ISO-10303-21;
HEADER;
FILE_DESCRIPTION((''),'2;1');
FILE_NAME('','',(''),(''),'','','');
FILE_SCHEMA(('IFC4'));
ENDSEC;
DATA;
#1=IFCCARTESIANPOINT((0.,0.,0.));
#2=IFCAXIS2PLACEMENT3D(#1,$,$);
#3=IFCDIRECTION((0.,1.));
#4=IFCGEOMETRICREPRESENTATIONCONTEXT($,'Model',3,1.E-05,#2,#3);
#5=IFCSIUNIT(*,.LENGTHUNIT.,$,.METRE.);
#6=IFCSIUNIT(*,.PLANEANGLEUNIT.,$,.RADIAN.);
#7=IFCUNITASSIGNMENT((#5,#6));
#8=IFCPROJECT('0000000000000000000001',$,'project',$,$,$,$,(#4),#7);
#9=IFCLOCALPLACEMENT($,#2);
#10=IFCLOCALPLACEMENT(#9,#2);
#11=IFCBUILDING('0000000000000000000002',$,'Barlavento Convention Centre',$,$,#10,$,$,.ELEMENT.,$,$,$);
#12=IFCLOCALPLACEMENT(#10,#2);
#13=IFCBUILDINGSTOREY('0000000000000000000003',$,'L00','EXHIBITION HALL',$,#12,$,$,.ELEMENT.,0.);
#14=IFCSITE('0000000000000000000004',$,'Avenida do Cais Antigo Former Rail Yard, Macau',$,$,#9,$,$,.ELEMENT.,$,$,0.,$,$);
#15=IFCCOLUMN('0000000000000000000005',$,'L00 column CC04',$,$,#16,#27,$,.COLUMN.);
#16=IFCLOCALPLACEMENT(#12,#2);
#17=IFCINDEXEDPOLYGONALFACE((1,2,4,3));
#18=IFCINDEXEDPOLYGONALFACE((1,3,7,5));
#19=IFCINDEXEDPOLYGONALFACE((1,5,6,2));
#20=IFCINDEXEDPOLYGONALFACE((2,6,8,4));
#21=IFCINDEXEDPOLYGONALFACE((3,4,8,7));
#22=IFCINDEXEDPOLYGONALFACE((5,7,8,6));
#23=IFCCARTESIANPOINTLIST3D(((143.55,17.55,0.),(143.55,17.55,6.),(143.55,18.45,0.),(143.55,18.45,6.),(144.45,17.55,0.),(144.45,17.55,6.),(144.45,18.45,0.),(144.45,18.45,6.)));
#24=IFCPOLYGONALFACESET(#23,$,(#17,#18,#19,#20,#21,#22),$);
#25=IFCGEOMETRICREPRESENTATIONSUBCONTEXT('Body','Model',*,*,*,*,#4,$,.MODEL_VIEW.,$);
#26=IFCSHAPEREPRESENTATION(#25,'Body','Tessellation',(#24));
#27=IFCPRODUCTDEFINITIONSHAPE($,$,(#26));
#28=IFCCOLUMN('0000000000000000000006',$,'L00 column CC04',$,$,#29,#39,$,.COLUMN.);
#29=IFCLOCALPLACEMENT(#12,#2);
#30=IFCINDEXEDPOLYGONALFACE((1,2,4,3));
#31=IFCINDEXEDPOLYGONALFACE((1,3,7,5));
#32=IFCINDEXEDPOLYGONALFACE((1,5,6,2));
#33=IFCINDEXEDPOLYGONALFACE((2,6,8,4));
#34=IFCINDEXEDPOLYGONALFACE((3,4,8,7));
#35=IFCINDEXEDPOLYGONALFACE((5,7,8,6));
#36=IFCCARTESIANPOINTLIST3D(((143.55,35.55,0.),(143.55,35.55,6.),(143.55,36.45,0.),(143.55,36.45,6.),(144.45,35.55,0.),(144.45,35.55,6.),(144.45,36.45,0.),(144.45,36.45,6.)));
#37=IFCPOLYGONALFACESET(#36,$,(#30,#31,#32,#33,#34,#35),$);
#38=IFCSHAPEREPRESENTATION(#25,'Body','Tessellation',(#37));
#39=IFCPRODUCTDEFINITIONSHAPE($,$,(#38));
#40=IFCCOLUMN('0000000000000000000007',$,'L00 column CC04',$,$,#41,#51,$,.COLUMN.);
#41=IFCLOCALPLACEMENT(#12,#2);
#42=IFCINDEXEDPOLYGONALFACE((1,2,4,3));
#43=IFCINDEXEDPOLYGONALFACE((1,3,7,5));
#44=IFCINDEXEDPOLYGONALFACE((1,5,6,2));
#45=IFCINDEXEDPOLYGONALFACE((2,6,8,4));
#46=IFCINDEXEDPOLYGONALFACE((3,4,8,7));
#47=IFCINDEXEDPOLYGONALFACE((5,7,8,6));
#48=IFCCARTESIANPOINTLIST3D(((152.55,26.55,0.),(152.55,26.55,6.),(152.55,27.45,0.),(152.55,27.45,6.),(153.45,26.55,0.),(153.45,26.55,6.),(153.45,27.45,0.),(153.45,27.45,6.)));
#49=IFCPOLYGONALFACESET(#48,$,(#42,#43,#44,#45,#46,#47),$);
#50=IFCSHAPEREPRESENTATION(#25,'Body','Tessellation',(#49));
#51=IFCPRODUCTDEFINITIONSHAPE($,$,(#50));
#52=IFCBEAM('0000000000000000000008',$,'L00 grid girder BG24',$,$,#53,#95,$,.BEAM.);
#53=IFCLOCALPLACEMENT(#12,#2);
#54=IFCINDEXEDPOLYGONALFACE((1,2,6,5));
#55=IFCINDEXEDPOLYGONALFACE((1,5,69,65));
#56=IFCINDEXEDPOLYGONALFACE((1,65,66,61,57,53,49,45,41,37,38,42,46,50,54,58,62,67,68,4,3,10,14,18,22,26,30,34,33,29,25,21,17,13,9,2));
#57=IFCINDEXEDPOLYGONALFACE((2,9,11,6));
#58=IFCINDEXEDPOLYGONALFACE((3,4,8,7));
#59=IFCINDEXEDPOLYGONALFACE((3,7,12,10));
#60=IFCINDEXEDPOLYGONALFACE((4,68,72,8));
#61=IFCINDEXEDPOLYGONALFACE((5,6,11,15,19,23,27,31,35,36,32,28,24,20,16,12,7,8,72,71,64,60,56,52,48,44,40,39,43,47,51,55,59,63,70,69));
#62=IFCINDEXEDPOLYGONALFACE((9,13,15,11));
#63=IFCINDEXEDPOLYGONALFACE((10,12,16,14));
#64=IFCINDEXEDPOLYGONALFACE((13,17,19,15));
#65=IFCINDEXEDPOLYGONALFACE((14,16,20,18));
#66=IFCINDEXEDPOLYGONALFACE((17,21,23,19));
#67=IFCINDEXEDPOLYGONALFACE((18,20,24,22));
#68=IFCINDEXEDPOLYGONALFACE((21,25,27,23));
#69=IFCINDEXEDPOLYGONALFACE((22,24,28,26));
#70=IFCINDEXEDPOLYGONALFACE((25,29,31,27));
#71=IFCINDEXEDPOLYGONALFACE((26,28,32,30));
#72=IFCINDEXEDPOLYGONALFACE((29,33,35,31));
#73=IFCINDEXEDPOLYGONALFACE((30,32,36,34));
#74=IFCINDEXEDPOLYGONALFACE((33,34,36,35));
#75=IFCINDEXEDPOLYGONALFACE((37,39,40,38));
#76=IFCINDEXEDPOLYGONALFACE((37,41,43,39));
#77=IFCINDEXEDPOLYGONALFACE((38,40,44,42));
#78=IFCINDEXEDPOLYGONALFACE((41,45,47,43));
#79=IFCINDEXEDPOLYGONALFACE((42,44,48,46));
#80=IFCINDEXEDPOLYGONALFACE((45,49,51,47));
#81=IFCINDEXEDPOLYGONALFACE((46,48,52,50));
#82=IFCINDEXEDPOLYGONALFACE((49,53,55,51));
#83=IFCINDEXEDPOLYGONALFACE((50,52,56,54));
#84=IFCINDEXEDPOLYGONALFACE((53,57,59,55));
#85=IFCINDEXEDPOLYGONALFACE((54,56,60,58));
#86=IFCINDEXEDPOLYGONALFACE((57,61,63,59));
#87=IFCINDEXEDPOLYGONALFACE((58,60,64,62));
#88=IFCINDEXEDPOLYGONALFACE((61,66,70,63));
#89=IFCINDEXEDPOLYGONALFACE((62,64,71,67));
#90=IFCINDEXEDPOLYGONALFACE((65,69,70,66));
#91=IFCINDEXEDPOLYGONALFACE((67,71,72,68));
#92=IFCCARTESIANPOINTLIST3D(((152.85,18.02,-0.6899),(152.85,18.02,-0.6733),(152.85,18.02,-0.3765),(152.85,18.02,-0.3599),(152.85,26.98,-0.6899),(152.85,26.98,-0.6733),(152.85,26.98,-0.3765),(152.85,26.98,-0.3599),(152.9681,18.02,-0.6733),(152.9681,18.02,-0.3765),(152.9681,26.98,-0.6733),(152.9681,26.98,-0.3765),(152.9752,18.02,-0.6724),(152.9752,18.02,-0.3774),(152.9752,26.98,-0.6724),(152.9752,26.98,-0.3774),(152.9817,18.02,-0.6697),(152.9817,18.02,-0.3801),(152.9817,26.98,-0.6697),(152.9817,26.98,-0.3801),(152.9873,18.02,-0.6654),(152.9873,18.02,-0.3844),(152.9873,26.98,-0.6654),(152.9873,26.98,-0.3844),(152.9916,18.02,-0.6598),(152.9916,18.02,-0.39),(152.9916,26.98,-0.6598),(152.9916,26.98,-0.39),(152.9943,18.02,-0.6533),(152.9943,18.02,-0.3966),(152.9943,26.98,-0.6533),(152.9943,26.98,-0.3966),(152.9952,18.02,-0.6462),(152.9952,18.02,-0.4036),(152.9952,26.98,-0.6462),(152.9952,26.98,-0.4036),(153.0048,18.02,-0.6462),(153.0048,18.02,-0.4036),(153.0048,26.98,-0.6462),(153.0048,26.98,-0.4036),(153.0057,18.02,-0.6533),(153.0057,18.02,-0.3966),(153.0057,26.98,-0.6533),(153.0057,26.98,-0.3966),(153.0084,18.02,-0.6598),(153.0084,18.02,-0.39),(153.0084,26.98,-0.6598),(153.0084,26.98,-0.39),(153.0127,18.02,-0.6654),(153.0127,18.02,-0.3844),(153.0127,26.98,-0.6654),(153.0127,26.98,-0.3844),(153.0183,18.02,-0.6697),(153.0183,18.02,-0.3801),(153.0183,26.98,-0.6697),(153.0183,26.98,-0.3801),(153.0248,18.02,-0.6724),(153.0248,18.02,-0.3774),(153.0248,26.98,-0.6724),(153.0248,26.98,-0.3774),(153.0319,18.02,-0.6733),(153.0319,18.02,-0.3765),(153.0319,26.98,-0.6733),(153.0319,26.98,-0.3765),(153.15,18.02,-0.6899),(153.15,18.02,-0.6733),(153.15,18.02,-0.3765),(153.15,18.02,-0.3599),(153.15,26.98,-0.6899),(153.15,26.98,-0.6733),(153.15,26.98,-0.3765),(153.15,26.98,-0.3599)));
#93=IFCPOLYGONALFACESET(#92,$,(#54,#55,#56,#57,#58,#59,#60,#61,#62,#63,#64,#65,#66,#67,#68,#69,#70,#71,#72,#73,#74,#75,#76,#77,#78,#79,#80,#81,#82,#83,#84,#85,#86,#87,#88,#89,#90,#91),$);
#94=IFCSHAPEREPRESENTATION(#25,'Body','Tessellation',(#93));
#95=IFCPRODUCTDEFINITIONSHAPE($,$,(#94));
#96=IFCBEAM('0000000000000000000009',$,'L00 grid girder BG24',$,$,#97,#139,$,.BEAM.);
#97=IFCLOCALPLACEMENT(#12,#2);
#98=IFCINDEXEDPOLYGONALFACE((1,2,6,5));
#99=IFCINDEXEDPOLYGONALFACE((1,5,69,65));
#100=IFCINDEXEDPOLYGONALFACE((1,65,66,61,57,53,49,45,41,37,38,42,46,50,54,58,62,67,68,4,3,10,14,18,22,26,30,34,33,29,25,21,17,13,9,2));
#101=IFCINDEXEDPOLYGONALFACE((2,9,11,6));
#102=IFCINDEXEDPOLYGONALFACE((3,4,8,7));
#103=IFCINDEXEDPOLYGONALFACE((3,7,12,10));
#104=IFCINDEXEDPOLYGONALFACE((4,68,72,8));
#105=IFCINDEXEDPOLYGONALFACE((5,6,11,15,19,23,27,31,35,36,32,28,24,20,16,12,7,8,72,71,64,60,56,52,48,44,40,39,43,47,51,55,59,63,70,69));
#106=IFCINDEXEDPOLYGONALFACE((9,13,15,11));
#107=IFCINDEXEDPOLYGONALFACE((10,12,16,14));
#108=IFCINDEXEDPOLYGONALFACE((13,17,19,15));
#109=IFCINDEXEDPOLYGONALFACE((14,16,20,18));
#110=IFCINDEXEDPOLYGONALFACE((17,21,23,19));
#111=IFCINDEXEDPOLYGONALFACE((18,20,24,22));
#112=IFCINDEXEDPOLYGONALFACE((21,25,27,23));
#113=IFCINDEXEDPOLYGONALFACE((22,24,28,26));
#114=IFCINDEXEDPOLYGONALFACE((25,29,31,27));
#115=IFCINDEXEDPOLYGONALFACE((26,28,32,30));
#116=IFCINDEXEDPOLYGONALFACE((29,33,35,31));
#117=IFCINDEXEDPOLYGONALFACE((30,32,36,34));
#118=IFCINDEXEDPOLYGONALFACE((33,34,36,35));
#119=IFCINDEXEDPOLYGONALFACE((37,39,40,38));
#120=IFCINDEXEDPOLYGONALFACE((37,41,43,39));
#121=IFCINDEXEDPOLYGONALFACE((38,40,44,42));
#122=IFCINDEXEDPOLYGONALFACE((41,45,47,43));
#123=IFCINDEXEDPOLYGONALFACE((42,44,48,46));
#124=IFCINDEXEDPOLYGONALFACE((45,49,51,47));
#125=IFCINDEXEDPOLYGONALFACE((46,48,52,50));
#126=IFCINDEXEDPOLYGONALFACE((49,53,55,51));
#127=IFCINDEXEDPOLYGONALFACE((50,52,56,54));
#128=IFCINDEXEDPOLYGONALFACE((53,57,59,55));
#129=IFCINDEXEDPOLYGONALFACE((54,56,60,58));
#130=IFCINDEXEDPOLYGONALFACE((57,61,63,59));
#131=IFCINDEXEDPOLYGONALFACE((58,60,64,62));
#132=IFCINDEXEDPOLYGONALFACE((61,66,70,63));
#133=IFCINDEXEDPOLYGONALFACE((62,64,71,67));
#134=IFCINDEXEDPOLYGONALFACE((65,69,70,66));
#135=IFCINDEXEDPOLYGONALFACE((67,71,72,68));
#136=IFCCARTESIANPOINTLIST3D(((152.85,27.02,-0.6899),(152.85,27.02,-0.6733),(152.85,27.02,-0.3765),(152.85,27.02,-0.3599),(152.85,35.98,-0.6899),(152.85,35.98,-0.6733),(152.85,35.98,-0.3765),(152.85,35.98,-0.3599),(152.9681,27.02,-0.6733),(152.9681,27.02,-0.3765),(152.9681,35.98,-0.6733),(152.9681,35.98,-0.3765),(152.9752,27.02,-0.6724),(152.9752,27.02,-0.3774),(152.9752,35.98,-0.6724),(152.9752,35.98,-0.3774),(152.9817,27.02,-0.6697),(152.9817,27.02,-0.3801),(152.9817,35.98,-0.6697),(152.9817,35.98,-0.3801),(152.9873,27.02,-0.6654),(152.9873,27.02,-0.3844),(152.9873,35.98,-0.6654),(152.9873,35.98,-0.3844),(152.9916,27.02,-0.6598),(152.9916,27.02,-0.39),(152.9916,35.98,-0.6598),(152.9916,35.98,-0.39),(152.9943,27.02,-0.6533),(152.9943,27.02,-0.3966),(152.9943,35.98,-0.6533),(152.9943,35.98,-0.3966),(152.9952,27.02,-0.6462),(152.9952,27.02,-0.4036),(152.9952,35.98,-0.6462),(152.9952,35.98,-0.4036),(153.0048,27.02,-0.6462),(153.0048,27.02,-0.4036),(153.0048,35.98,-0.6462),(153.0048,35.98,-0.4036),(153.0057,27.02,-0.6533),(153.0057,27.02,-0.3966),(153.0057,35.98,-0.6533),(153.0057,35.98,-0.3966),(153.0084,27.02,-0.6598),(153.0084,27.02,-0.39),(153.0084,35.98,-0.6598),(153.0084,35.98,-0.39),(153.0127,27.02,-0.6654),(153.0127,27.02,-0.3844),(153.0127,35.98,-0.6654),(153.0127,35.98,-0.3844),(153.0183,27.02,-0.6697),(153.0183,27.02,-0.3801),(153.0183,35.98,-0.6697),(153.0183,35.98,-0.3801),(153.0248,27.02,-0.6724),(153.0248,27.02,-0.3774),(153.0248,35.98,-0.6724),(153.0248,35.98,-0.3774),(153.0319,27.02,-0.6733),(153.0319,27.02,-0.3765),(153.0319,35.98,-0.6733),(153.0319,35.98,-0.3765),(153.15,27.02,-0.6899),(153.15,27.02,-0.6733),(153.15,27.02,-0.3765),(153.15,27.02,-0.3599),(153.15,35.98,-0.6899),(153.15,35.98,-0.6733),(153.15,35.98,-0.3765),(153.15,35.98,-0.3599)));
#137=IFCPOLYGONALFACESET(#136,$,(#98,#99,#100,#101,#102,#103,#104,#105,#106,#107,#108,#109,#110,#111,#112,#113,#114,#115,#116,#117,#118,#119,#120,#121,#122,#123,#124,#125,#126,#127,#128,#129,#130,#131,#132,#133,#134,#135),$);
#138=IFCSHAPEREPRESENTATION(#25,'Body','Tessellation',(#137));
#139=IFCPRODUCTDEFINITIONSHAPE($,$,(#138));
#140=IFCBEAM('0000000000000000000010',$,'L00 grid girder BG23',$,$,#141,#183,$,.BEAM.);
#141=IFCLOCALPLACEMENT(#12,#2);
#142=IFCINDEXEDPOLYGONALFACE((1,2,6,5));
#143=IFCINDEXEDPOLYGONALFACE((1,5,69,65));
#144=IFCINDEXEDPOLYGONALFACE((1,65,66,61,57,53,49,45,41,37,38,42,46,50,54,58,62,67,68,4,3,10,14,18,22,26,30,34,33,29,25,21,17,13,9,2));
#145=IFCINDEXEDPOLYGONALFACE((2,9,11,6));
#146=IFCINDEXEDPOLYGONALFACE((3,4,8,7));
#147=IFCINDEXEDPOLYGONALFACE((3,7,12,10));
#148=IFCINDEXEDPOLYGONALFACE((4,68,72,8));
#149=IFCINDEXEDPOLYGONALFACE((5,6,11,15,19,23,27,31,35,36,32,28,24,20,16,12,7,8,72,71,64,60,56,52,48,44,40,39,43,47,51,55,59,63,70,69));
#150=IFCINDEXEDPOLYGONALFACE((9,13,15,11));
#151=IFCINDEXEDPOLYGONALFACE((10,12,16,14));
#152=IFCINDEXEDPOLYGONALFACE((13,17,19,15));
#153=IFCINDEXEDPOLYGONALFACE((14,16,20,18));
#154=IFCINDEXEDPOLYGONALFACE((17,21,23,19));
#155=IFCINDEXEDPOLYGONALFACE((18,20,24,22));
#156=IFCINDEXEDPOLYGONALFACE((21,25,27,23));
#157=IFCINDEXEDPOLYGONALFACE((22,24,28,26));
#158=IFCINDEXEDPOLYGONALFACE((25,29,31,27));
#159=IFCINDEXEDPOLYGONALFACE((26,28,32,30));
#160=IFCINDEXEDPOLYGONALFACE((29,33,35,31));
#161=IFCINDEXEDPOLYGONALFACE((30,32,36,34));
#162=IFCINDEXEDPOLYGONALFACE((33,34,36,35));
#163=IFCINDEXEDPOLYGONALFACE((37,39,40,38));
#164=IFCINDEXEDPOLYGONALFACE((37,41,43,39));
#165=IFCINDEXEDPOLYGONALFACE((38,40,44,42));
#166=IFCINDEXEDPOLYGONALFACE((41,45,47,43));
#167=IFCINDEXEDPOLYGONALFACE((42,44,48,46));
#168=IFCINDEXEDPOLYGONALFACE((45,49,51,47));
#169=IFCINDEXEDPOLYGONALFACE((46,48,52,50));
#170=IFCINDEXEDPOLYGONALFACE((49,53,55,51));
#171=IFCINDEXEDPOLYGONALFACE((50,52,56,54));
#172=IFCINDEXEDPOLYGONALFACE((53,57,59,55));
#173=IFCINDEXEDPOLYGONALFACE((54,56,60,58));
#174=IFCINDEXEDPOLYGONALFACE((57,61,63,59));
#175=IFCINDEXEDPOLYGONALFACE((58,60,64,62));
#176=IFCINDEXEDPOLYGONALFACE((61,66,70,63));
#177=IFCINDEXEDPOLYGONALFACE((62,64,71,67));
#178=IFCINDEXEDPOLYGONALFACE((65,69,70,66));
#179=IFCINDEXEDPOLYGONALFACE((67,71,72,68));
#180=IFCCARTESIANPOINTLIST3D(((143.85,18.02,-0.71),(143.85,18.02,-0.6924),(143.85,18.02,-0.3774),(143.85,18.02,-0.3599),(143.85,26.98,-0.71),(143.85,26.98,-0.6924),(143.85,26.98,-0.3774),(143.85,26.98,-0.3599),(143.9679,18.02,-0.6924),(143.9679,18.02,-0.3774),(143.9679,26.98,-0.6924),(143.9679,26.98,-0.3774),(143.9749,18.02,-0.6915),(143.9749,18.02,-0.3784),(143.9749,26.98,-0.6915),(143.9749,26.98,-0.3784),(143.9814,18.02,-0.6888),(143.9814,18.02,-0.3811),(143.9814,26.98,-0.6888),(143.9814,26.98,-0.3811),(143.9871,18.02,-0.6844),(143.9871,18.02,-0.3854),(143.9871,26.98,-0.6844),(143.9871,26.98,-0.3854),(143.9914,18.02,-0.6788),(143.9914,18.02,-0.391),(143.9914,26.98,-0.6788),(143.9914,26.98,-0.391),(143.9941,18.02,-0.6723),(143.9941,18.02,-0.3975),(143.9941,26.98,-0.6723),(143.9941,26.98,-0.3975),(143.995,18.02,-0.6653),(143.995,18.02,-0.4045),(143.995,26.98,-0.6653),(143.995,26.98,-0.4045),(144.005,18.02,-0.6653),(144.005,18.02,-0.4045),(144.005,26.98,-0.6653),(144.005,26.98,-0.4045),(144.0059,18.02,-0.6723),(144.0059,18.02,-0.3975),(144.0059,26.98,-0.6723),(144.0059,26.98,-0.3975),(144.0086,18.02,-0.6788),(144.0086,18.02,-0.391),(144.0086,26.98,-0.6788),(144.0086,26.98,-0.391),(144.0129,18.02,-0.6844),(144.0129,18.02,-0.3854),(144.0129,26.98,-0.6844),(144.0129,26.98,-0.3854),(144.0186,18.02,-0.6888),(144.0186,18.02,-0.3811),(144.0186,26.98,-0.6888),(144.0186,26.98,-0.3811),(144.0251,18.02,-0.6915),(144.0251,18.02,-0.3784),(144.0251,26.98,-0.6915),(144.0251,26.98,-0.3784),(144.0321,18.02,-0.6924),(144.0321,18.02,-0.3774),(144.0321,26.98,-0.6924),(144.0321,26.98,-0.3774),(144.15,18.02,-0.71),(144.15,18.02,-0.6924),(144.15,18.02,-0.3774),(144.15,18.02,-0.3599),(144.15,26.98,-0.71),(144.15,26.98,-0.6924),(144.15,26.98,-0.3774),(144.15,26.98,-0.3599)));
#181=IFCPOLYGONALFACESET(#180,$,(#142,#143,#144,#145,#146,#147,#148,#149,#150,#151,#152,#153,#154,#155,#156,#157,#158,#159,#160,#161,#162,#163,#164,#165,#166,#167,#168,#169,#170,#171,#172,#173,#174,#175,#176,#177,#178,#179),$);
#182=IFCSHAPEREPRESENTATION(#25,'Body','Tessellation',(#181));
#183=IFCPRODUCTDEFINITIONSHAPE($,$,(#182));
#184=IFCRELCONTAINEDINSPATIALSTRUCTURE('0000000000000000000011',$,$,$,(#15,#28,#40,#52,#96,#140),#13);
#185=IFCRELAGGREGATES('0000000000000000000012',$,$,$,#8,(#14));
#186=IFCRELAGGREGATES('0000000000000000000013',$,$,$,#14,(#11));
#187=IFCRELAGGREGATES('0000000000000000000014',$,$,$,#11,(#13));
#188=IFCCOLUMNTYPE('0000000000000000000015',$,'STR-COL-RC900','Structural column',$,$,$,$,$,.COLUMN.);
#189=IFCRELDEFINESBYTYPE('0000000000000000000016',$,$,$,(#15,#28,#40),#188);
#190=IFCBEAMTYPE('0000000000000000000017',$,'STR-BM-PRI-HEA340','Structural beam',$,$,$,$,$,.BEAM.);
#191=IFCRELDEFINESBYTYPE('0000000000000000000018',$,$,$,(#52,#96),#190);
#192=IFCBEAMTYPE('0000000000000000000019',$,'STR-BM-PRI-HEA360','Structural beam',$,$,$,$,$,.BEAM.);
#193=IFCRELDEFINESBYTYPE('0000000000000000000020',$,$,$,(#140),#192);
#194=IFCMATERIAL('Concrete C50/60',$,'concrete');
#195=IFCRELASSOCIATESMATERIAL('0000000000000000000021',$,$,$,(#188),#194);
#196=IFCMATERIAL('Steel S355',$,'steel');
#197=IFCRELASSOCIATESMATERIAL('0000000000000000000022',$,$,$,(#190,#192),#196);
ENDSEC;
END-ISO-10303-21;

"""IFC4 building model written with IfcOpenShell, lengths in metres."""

from ifc_helpers import new_model, si_unit, direction, frame, origin, origin_2d, place, context, subcontext, project, spatial, rectangle, i_section, extrude, material, material_profile, profile_set, type_object, element, save


model = new_model("IFC4")

# Units and contexts
model_context = context("Model", 3, precision=1e-05, world=origin(), true_north=direction((0.0, 1.0)))
body_context = subcontext(model_context, "Body", "Model", "MODEL_VIEW")
ifc_project = project(units=[si_unit("LENGTHUNIT", "METRE"), si_unit("PLANEANGLEUNIT", "RADIAN")], contexts=[model_context])

# Site, building, storey
site_placement = place(None, origin())
site = spatial("IfcSite", under=ifc_project, at=site_placement, Name="Avenida do Cais Antigo Former Rail Yard, Macau", CompositionType="ELEMENT", RefElevation=0.0)
building_placement = place(site_placement, origin())
building = spatial("IfcBuilding", under=site, at=building_placement, Name="Barlavento Convention Centre", CompositionType="ELEMENT")
storey_placement = place(building_placement, origin())
storey = spatial("IfcBuildingStorey", under=building, at=storey_placement, Name="L00", Description="EXHIBITION HALL", CompositionType="ELEMENT", Elevation=0.0)

# Columns
ifc_material_1 = material(Name="Concrete C50/60", Category="concrete")
ifc_material_profile_1 = material_profile(ifc_material_1, rectangle(XDim=0.8999, YDim=0.8999, at=origin_2d()), Name="RC 900x900")
ifc_profile_set_1 = profile_set([ifc_material_profile_1], Name="Concrete C50/60")
column_type_1 = type_object("IfcColumnType", Name="STR-COL-RC900", Description="Structural column", PredefinedType="COLUMN", material=ifc_profile_set_1)
for number, where, z_axis, x_axis, name in (
    (1, (144.0, 18.0, 0.0), (0.0, 0.0, 1.0), (1.0, 0.0, 0.0), "L00 column CC04"),
    (2, (144.0, 36.0, 0.0), (0.0, 0.0, 1.0), (1.0, 0.0, 0.0), "L00 column CC04"),
    (3, (153.0, 27.0, 0.0), (0.0, 0.0, 1.0), (1.0, 0.0, 0.0), "L00 column CC04"),
):
    element("IfcColumn", number, at=place(storey_placement, frame(where, z_axis=z_axis, x_axis=x_axis)), inside=storey, type_object=column_type_1, Name=name, PredefinedType="COLUMN", context=body_context, shape_type="SweptSolid", body=[
        extrude(rectangle(XDim=0.8999, YDim=0.8999, at=origin_2d()), origin(), (0.0, 0.0, 1.0), 6.0),
    ])

# Beams
ifc_material_2 = material(Name="Steel S355", Category="steel")
ifc_material_profile_2 = material_profile(ifc_material_2, i_section(OverallWidth=0.3, OverallDepth=0.3301, WebThickness=0.0095, FlangeThickness=0.0166, FilletRadius=0.0271, at=origin_2d()), Name="HEA 340")
ifc_profile_set_2 = profile_set([ifc_material_profile_2], Name="Steel S355")
beam_type_1 = type_object("IfcBeamType", Name="STR-BM-PRI-HEA340", Description="Structural beam", PredefinedType="BEAM", material=ifc_profile_set_2)
for number, where, z_axis, x_axis, name in (
    (4, (153.0, 18.02, -0.5249), (0.0, 1.0, 0.0), (-1.0, 0.0, 0.0), "L00 grid girder BG24"),
    (5, (153.0, 27.02, -0.5249), (0.0, 1.0, 0.0), (-1.0, 0.0, 0.0), "L00 grid girder BG24"),
):
    element("IfcBeam", number, at=place(storey_placement, frame(where, z_axis=z_axis, x_axis=x_axis)), inside=storey, type_object=beam_type_1, Name=name, PredefinedType="BEAM", context=body_context, shape_type="SweptSolid", body=[
        extrude(i_section(OverallWidth=0.3, OverallDepth=0.3301, WebThickness=0.0095, FlangeThickness=0.0166, FilletRadius=0.0271, at=origin_2d()), origin(), (0.0, 0.0, 1.0), 8.96),
    ])
ifc_material_profile_3 = material_profile(ifc_material_2, i_section(OverallWidth=0.3, OverallDepth=0.3501, WebThickness=0.01, FlangeThickness=0.0176, FilletRadius=0.0271, at=origin_2d()), Name="HEA 360")
ifc_profile_set_3 = profile_set([ifc_material_profile_3], Name="Steel S355")
beam_type_2 = type_object("IfcBeamType", Name="STR-BM-PRI-HEA360", Description="Structural beam", PredefinedType="BEAM", material=ifc_profile_set_3)
for number, where, z_axis, x_axis, name in (
    (6, (144.0, 18.02, -0.5349), (0.0, 1.0, 0.0), (-1.0, 0.0, 0.0), "L00 grid girder BG23"),
):
    element("IfcBeam", number, at=place(storey_placement, frame(where, z_axis=z_axis, x_axis=x_axis)), inside=storey, type_object=beam_type_2, Name=name, PredefinedType="BEAM", context=body_context, shape_type="SweptSolid", body=[
        extrude(i_section(OverallWidth=0.3, OverallDepth=0.3501, WebThickness=0.01, FlangeThickness=0.0176, FilletRadius=0.0271, at=origin_2d()), origin(), (0.0, 0.0, 1.0), 8.96),
    ])

save(model, "model.ifc")
